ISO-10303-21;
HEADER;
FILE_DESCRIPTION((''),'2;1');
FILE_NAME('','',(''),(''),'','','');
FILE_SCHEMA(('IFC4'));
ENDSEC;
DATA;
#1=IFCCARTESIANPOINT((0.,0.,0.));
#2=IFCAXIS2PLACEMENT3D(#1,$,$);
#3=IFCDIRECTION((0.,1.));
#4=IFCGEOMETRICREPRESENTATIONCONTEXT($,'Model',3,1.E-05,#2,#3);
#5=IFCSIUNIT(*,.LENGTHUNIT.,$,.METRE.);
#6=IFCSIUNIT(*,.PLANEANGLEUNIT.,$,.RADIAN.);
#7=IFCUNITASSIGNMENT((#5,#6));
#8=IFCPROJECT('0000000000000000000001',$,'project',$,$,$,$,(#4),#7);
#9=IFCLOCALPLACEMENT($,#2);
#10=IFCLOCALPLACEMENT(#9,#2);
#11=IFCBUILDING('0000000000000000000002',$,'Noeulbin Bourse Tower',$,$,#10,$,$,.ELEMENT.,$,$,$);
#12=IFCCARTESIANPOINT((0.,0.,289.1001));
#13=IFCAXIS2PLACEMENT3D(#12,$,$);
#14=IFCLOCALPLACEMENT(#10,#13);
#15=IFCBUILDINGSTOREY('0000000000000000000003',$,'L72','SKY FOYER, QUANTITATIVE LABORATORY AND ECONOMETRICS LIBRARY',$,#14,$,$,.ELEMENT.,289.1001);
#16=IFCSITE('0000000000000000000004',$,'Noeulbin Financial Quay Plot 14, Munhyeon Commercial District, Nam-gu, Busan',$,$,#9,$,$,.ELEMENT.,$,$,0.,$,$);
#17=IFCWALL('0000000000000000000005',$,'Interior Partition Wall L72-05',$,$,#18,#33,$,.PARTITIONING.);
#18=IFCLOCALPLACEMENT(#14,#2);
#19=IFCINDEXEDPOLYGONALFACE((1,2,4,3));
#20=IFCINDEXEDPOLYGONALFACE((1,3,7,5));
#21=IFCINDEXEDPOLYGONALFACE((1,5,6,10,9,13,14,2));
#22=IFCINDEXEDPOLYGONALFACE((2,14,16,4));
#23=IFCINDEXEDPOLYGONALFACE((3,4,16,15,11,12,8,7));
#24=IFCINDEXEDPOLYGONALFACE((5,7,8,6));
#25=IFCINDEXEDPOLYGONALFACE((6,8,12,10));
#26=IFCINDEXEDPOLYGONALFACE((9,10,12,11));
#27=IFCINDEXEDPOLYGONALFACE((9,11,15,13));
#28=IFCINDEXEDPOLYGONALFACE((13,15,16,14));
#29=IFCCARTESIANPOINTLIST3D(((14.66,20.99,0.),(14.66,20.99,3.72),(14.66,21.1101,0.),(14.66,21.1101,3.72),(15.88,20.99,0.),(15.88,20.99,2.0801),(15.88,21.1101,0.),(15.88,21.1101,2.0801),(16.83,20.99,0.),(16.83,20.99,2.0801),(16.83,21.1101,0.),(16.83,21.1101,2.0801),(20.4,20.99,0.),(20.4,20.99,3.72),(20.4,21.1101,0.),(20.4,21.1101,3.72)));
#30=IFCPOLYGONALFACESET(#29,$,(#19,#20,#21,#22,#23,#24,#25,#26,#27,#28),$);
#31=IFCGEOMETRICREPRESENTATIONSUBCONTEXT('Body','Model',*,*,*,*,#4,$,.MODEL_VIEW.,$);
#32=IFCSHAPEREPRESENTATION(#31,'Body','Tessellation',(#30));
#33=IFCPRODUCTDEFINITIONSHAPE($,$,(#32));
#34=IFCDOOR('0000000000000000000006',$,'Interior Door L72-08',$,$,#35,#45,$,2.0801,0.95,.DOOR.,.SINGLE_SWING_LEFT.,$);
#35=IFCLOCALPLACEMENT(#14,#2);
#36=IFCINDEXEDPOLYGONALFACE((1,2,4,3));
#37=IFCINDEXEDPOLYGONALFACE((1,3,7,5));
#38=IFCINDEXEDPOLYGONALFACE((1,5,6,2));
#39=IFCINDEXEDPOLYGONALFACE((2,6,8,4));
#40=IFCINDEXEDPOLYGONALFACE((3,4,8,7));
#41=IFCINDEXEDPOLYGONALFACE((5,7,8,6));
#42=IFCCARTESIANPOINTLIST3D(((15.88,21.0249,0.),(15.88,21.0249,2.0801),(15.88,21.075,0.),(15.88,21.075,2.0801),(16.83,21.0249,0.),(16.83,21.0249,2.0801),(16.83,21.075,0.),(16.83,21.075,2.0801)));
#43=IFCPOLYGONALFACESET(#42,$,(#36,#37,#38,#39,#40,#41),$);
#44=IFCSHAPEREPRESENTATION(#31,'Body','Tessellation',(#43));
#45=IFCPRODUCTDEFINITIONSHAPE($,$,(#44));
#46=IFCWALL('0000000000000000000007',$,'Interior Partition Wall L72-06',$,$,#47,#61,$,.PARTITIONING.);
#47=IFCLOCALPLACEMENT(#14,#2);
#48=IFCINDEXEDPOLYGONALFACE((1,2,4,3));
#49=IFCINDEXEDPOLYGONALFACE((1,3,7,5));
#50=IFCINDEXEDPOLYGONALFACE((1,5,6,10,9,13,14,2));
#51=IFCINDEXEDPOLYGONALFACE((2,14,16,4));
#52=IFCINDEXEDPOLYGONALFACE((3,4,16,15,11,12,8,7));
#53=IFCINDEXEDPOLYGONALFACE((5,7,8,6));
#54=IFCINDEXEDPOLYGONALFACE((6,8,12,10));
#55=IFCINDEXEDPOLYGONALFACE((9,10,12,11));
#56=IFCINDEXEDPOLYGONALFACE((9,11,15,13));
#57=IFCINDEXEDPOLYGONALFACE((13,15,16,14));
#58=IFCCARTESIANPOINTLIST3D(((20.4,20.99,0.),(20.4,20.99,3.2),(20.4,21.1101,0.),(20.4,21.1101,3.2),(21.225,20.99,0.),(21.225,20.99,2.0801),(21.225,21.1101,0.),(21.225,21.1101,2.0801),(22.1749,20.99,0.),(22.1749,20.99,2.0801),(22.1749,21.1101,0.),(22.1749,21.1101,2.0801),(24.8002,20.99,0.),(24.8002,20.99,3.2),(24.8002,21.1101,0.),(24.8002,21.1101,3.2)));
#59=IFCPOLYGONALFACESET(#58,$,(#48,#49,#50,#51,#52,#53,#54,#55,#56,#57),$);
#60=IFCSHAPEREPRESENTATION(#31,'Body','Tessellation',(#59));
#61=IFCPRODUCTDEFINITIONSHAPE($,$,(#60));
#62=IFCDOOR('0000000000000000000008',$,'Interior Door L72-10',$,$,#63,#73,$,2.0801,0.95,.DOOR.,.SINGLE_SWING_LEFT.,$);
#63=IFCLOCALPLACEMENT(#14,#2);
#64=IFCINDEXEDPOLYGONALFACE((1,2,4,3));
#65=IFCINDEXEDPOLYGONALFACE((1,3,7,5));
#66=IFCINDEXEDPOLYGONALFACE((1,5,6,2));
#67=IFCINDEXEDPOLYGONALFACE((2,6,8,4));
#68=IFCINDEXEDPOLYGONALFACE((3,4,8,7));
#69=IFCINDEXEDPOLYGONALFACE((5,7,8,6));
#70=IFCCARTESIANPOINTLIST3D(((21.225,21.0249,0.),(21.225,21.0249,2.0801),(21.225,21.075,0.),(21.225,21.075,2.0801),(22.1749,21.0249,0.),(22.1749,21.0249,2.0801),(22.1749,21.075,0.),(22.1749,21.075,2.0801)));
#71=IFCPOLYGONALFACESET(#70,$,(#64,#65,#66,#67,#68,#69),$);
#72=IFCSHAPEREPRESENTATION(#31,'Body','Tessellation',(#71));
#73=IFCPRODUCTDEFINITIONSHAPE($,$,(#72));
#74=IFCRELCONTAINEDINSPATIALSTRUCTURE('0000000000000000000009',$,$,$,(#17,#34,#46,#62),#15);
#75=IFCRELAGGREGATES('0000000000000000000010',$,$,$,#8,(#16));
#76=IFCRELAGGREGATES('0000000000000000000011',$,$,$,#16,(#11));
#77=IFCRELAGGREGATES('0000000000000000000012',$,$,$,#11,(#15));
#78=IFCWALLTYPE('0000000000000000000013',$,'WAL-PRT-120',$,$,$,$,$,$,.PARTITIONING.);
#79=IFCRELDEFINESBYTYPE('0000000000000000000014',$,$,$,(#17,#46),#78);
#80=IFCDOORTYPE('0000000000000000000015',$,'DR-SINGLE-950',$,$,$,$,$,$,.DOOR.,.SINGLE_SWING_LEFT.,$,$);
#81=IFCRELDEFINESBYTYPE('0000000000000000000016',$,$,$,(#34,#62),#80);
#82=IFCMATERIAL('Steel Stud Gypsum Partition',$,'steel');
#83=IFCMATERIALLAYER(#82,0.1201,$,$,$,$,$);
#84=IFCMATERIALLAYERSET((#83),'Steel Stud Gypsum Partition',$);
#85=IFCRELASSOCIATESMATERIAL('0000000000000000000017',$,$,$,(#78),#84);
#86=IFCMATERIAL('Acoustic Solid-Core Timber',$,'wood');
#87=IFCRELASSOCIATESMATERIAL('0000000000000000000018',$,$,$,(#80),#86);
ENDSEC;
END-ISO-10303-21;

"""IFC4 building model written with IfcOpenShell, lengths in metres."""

from ifc_helpers import new_model, si_unit, direction, frame, frame_2d, origin, place, context, subcontext, project, spatial, rectangle, extrude, material, layer, layer_set, type_object, element, fill, save


model = new_model("IFC4")

# Units and contexts
model_context = context("Model", 3, precision=1e-05, world=origin(), true_north=direction((0.0, 1.0)))
body_context = subcontext(model_context, "Body", "Model", "MODEL_VIEW")
ifc_project = project(units=[si_unit("LENGTHUNIT", "METRE"), si_unit("PLANEANGLEUNIT", "RADIAN")], contexts=[model_context])

# Site, building, storey
site_placement = place(None, origin())
site = spatial("IfcSite", under=ifc_project, at=site_placement, Name="Noeulbin Financial Quay Plot 14, Munhyeon Commercial District, Nam-gu, Busan", CompositionType="ELEMENT", RefElevation=0.0)
building_placement = place(site_placement, origin())
building = spatial("IfcBuilding", under=site, at=building_placement, Name="Noeulbin Bourse Tower", CompositionType="ELEMENT")
storey_placement = place(building_placement, frame((0.0, 0.0, 289.1001)))
storey = spatial("IfcBuildingStorey", under=building, at=storey_placement, Name="L72", Description="SKY FOYER, QUANTITATIVE LABORATORY AND ECONOMETRICS LIBRARY", CompositionType="ELEMENT", Elevation=289.1001)

# Walls, openings, doors
ifc_material_1 = material(Name="Steel Stud Gypsum Partition", Category="steel")
ifc_layer_1 = layer(ifc_material_1, 0.1201)
ifc_layer_set_1 = layer_set([ifc_layer_1], Name="Steel Stud Gypsum Partition")
wall_type_1 = type_object("IfcWallType", Name="WAL-PRT-120", PredefinedType="PARTITIONING", material=ifc_layer_set_1)
wall_1_placement = place(storey_placement, frame((14.6599, 21.05, 0.0), z_axis=(0.0, 0.0, 1.0), x_axis=(1.0, 0.0, 0.0)))
wall_1 = element("IfcWall", 1, at=wall_1_placement, inside=storey, type_object=wall_type_1, Name="Interior Partition Wall L72-05", PredefinedType="PARTITIONING", context=body_context, shape_type="SweptSolid", body=[
    extrude(rectangle(XDim=5.74, YDim=0.1201, at=frame_2d((2.8701, 0.0))), origin(), (0.0, 0.0, 1.0), 3.72),
])
opening_1_placement = place(wall_1_placement, frame((1.22, 0.0, 0.0)))
opening_1 = element("IfcOpeningElement", 2, at=opening_1_placement, cuts=wall_1, PredefinedType="OPENING", context=body_context, shape_type="SweptSolid", body=[
    extrude(rectangle(XDim=0.95, YDim=2.0801, at=frame_2d((0.4751, 1.04))), frame((0.0, 0.0701, 0.0), z_axis=(0.0, -1.0, 0.0), x_axis=(1.0, 0.0, 0.0)), (0.0, 0.0, 1.0), 0.1401),
])
ifc_material_2 = material(Name="Acoustic Solid-Core Timber", Category="wood")
door_type_1 = type_object("IfcDoorType", Name="DR-SINGLE-950", OperationType="SINGLE_SWING_LEFT", PredefinedType="DOOR", material=ifc_material_2)
door_1_placement = place(opening_1_placement, origin())
door_1 = element("IfcDoor", 3, at=door_1_placement, inside=storey, type_object=door_type_1, Name="Interior Door L72-08", OperationType="SINGLE_SWING_LEFT", OverallHeight=2.0801, OverallWidth=0.95, PredefinedType="DOOR", context=body_context, shape_type="SweptSolid", body=[
    extrude(rectangle(XDim=0.95, YDim=2.0801, at=frame_2d((0.4751, 1.04))), frame((0.0, 0.0249, 0.0), z_axis=(0.0, -1.0, 0.0), x_axis=(1.0, 0.0, 0.0)), (0.0, 0.0, 1.0), 0.05),
])
fill(opening_1, door_1)
wall_2_placement = place(storey_placement, frame((20.3999, 21.05, 0.0), z_axis=(0.0, 0.0, 1.0), x_axis=(1.0, 0.0, 0.0)))
wall_2 = element("IfcWall", 4, at=wall_2_placement, inside=storey, type_object=wall_type_1, Name="Interior Partition Wall L72-06", PredefinedType="PARTITIONING", context=body_context, shape_type="SweptSolid", body=[
    extrude(rectangle(XDim=4.4001, YDim=0.1201, at=frame_2d((2.2002, 0.0))), origin(), (0.0, 0.0, 1.0), 3.2),
])
opening_2_placement = place(wall_2_placement, frame((0.825, 0.0, 0.0)))
opening_2 = element("IfcOpeningElement", 5, at=opening_2_placement, cuts=wall_2, PredefinedType="OPENING", context=body_context, shape_type="SweptSolid", body=[
    extrude(rectangle(XDim=0.95, YDim=2.0801, at=frame_2d((0.4751, 1.04))), frame((0.0, 0.0701, 0.0), z_axis=(0.0, -1.0, 0.0), x_axis=(1.0, 0.0, 0.0)), (0.0, 0.0, 1.0), 0.1401),
])
door_2_placement = place(opening_2_placement, origin())
door_2 = element("IfcDoor", 6, at=door_2_placement, inside=storey, type_object=door_type_1, Name="Interior Door L72-10", OperationType="SINGLE_SWING_LEFT", OverallHeight=2.0801, OverallWidth=0.95, PredefinedType="DOOR", context=body_context, shape_type="SweptSolid", body=[
    extrude(rectangle(XDim=0.95, YDim=2.0801, at=frame_2d((0.4751, 1.04))), frame((0.0, 0.0249, 0.0), z_axis=(0.0, -1.0, 0.0), x_axis=(1.0, 0.0, 0.0)), (0.0, 0.0, 1.0), 0.05),
])
fill(opening_2, door_2)

save(model, "model.ifc")
